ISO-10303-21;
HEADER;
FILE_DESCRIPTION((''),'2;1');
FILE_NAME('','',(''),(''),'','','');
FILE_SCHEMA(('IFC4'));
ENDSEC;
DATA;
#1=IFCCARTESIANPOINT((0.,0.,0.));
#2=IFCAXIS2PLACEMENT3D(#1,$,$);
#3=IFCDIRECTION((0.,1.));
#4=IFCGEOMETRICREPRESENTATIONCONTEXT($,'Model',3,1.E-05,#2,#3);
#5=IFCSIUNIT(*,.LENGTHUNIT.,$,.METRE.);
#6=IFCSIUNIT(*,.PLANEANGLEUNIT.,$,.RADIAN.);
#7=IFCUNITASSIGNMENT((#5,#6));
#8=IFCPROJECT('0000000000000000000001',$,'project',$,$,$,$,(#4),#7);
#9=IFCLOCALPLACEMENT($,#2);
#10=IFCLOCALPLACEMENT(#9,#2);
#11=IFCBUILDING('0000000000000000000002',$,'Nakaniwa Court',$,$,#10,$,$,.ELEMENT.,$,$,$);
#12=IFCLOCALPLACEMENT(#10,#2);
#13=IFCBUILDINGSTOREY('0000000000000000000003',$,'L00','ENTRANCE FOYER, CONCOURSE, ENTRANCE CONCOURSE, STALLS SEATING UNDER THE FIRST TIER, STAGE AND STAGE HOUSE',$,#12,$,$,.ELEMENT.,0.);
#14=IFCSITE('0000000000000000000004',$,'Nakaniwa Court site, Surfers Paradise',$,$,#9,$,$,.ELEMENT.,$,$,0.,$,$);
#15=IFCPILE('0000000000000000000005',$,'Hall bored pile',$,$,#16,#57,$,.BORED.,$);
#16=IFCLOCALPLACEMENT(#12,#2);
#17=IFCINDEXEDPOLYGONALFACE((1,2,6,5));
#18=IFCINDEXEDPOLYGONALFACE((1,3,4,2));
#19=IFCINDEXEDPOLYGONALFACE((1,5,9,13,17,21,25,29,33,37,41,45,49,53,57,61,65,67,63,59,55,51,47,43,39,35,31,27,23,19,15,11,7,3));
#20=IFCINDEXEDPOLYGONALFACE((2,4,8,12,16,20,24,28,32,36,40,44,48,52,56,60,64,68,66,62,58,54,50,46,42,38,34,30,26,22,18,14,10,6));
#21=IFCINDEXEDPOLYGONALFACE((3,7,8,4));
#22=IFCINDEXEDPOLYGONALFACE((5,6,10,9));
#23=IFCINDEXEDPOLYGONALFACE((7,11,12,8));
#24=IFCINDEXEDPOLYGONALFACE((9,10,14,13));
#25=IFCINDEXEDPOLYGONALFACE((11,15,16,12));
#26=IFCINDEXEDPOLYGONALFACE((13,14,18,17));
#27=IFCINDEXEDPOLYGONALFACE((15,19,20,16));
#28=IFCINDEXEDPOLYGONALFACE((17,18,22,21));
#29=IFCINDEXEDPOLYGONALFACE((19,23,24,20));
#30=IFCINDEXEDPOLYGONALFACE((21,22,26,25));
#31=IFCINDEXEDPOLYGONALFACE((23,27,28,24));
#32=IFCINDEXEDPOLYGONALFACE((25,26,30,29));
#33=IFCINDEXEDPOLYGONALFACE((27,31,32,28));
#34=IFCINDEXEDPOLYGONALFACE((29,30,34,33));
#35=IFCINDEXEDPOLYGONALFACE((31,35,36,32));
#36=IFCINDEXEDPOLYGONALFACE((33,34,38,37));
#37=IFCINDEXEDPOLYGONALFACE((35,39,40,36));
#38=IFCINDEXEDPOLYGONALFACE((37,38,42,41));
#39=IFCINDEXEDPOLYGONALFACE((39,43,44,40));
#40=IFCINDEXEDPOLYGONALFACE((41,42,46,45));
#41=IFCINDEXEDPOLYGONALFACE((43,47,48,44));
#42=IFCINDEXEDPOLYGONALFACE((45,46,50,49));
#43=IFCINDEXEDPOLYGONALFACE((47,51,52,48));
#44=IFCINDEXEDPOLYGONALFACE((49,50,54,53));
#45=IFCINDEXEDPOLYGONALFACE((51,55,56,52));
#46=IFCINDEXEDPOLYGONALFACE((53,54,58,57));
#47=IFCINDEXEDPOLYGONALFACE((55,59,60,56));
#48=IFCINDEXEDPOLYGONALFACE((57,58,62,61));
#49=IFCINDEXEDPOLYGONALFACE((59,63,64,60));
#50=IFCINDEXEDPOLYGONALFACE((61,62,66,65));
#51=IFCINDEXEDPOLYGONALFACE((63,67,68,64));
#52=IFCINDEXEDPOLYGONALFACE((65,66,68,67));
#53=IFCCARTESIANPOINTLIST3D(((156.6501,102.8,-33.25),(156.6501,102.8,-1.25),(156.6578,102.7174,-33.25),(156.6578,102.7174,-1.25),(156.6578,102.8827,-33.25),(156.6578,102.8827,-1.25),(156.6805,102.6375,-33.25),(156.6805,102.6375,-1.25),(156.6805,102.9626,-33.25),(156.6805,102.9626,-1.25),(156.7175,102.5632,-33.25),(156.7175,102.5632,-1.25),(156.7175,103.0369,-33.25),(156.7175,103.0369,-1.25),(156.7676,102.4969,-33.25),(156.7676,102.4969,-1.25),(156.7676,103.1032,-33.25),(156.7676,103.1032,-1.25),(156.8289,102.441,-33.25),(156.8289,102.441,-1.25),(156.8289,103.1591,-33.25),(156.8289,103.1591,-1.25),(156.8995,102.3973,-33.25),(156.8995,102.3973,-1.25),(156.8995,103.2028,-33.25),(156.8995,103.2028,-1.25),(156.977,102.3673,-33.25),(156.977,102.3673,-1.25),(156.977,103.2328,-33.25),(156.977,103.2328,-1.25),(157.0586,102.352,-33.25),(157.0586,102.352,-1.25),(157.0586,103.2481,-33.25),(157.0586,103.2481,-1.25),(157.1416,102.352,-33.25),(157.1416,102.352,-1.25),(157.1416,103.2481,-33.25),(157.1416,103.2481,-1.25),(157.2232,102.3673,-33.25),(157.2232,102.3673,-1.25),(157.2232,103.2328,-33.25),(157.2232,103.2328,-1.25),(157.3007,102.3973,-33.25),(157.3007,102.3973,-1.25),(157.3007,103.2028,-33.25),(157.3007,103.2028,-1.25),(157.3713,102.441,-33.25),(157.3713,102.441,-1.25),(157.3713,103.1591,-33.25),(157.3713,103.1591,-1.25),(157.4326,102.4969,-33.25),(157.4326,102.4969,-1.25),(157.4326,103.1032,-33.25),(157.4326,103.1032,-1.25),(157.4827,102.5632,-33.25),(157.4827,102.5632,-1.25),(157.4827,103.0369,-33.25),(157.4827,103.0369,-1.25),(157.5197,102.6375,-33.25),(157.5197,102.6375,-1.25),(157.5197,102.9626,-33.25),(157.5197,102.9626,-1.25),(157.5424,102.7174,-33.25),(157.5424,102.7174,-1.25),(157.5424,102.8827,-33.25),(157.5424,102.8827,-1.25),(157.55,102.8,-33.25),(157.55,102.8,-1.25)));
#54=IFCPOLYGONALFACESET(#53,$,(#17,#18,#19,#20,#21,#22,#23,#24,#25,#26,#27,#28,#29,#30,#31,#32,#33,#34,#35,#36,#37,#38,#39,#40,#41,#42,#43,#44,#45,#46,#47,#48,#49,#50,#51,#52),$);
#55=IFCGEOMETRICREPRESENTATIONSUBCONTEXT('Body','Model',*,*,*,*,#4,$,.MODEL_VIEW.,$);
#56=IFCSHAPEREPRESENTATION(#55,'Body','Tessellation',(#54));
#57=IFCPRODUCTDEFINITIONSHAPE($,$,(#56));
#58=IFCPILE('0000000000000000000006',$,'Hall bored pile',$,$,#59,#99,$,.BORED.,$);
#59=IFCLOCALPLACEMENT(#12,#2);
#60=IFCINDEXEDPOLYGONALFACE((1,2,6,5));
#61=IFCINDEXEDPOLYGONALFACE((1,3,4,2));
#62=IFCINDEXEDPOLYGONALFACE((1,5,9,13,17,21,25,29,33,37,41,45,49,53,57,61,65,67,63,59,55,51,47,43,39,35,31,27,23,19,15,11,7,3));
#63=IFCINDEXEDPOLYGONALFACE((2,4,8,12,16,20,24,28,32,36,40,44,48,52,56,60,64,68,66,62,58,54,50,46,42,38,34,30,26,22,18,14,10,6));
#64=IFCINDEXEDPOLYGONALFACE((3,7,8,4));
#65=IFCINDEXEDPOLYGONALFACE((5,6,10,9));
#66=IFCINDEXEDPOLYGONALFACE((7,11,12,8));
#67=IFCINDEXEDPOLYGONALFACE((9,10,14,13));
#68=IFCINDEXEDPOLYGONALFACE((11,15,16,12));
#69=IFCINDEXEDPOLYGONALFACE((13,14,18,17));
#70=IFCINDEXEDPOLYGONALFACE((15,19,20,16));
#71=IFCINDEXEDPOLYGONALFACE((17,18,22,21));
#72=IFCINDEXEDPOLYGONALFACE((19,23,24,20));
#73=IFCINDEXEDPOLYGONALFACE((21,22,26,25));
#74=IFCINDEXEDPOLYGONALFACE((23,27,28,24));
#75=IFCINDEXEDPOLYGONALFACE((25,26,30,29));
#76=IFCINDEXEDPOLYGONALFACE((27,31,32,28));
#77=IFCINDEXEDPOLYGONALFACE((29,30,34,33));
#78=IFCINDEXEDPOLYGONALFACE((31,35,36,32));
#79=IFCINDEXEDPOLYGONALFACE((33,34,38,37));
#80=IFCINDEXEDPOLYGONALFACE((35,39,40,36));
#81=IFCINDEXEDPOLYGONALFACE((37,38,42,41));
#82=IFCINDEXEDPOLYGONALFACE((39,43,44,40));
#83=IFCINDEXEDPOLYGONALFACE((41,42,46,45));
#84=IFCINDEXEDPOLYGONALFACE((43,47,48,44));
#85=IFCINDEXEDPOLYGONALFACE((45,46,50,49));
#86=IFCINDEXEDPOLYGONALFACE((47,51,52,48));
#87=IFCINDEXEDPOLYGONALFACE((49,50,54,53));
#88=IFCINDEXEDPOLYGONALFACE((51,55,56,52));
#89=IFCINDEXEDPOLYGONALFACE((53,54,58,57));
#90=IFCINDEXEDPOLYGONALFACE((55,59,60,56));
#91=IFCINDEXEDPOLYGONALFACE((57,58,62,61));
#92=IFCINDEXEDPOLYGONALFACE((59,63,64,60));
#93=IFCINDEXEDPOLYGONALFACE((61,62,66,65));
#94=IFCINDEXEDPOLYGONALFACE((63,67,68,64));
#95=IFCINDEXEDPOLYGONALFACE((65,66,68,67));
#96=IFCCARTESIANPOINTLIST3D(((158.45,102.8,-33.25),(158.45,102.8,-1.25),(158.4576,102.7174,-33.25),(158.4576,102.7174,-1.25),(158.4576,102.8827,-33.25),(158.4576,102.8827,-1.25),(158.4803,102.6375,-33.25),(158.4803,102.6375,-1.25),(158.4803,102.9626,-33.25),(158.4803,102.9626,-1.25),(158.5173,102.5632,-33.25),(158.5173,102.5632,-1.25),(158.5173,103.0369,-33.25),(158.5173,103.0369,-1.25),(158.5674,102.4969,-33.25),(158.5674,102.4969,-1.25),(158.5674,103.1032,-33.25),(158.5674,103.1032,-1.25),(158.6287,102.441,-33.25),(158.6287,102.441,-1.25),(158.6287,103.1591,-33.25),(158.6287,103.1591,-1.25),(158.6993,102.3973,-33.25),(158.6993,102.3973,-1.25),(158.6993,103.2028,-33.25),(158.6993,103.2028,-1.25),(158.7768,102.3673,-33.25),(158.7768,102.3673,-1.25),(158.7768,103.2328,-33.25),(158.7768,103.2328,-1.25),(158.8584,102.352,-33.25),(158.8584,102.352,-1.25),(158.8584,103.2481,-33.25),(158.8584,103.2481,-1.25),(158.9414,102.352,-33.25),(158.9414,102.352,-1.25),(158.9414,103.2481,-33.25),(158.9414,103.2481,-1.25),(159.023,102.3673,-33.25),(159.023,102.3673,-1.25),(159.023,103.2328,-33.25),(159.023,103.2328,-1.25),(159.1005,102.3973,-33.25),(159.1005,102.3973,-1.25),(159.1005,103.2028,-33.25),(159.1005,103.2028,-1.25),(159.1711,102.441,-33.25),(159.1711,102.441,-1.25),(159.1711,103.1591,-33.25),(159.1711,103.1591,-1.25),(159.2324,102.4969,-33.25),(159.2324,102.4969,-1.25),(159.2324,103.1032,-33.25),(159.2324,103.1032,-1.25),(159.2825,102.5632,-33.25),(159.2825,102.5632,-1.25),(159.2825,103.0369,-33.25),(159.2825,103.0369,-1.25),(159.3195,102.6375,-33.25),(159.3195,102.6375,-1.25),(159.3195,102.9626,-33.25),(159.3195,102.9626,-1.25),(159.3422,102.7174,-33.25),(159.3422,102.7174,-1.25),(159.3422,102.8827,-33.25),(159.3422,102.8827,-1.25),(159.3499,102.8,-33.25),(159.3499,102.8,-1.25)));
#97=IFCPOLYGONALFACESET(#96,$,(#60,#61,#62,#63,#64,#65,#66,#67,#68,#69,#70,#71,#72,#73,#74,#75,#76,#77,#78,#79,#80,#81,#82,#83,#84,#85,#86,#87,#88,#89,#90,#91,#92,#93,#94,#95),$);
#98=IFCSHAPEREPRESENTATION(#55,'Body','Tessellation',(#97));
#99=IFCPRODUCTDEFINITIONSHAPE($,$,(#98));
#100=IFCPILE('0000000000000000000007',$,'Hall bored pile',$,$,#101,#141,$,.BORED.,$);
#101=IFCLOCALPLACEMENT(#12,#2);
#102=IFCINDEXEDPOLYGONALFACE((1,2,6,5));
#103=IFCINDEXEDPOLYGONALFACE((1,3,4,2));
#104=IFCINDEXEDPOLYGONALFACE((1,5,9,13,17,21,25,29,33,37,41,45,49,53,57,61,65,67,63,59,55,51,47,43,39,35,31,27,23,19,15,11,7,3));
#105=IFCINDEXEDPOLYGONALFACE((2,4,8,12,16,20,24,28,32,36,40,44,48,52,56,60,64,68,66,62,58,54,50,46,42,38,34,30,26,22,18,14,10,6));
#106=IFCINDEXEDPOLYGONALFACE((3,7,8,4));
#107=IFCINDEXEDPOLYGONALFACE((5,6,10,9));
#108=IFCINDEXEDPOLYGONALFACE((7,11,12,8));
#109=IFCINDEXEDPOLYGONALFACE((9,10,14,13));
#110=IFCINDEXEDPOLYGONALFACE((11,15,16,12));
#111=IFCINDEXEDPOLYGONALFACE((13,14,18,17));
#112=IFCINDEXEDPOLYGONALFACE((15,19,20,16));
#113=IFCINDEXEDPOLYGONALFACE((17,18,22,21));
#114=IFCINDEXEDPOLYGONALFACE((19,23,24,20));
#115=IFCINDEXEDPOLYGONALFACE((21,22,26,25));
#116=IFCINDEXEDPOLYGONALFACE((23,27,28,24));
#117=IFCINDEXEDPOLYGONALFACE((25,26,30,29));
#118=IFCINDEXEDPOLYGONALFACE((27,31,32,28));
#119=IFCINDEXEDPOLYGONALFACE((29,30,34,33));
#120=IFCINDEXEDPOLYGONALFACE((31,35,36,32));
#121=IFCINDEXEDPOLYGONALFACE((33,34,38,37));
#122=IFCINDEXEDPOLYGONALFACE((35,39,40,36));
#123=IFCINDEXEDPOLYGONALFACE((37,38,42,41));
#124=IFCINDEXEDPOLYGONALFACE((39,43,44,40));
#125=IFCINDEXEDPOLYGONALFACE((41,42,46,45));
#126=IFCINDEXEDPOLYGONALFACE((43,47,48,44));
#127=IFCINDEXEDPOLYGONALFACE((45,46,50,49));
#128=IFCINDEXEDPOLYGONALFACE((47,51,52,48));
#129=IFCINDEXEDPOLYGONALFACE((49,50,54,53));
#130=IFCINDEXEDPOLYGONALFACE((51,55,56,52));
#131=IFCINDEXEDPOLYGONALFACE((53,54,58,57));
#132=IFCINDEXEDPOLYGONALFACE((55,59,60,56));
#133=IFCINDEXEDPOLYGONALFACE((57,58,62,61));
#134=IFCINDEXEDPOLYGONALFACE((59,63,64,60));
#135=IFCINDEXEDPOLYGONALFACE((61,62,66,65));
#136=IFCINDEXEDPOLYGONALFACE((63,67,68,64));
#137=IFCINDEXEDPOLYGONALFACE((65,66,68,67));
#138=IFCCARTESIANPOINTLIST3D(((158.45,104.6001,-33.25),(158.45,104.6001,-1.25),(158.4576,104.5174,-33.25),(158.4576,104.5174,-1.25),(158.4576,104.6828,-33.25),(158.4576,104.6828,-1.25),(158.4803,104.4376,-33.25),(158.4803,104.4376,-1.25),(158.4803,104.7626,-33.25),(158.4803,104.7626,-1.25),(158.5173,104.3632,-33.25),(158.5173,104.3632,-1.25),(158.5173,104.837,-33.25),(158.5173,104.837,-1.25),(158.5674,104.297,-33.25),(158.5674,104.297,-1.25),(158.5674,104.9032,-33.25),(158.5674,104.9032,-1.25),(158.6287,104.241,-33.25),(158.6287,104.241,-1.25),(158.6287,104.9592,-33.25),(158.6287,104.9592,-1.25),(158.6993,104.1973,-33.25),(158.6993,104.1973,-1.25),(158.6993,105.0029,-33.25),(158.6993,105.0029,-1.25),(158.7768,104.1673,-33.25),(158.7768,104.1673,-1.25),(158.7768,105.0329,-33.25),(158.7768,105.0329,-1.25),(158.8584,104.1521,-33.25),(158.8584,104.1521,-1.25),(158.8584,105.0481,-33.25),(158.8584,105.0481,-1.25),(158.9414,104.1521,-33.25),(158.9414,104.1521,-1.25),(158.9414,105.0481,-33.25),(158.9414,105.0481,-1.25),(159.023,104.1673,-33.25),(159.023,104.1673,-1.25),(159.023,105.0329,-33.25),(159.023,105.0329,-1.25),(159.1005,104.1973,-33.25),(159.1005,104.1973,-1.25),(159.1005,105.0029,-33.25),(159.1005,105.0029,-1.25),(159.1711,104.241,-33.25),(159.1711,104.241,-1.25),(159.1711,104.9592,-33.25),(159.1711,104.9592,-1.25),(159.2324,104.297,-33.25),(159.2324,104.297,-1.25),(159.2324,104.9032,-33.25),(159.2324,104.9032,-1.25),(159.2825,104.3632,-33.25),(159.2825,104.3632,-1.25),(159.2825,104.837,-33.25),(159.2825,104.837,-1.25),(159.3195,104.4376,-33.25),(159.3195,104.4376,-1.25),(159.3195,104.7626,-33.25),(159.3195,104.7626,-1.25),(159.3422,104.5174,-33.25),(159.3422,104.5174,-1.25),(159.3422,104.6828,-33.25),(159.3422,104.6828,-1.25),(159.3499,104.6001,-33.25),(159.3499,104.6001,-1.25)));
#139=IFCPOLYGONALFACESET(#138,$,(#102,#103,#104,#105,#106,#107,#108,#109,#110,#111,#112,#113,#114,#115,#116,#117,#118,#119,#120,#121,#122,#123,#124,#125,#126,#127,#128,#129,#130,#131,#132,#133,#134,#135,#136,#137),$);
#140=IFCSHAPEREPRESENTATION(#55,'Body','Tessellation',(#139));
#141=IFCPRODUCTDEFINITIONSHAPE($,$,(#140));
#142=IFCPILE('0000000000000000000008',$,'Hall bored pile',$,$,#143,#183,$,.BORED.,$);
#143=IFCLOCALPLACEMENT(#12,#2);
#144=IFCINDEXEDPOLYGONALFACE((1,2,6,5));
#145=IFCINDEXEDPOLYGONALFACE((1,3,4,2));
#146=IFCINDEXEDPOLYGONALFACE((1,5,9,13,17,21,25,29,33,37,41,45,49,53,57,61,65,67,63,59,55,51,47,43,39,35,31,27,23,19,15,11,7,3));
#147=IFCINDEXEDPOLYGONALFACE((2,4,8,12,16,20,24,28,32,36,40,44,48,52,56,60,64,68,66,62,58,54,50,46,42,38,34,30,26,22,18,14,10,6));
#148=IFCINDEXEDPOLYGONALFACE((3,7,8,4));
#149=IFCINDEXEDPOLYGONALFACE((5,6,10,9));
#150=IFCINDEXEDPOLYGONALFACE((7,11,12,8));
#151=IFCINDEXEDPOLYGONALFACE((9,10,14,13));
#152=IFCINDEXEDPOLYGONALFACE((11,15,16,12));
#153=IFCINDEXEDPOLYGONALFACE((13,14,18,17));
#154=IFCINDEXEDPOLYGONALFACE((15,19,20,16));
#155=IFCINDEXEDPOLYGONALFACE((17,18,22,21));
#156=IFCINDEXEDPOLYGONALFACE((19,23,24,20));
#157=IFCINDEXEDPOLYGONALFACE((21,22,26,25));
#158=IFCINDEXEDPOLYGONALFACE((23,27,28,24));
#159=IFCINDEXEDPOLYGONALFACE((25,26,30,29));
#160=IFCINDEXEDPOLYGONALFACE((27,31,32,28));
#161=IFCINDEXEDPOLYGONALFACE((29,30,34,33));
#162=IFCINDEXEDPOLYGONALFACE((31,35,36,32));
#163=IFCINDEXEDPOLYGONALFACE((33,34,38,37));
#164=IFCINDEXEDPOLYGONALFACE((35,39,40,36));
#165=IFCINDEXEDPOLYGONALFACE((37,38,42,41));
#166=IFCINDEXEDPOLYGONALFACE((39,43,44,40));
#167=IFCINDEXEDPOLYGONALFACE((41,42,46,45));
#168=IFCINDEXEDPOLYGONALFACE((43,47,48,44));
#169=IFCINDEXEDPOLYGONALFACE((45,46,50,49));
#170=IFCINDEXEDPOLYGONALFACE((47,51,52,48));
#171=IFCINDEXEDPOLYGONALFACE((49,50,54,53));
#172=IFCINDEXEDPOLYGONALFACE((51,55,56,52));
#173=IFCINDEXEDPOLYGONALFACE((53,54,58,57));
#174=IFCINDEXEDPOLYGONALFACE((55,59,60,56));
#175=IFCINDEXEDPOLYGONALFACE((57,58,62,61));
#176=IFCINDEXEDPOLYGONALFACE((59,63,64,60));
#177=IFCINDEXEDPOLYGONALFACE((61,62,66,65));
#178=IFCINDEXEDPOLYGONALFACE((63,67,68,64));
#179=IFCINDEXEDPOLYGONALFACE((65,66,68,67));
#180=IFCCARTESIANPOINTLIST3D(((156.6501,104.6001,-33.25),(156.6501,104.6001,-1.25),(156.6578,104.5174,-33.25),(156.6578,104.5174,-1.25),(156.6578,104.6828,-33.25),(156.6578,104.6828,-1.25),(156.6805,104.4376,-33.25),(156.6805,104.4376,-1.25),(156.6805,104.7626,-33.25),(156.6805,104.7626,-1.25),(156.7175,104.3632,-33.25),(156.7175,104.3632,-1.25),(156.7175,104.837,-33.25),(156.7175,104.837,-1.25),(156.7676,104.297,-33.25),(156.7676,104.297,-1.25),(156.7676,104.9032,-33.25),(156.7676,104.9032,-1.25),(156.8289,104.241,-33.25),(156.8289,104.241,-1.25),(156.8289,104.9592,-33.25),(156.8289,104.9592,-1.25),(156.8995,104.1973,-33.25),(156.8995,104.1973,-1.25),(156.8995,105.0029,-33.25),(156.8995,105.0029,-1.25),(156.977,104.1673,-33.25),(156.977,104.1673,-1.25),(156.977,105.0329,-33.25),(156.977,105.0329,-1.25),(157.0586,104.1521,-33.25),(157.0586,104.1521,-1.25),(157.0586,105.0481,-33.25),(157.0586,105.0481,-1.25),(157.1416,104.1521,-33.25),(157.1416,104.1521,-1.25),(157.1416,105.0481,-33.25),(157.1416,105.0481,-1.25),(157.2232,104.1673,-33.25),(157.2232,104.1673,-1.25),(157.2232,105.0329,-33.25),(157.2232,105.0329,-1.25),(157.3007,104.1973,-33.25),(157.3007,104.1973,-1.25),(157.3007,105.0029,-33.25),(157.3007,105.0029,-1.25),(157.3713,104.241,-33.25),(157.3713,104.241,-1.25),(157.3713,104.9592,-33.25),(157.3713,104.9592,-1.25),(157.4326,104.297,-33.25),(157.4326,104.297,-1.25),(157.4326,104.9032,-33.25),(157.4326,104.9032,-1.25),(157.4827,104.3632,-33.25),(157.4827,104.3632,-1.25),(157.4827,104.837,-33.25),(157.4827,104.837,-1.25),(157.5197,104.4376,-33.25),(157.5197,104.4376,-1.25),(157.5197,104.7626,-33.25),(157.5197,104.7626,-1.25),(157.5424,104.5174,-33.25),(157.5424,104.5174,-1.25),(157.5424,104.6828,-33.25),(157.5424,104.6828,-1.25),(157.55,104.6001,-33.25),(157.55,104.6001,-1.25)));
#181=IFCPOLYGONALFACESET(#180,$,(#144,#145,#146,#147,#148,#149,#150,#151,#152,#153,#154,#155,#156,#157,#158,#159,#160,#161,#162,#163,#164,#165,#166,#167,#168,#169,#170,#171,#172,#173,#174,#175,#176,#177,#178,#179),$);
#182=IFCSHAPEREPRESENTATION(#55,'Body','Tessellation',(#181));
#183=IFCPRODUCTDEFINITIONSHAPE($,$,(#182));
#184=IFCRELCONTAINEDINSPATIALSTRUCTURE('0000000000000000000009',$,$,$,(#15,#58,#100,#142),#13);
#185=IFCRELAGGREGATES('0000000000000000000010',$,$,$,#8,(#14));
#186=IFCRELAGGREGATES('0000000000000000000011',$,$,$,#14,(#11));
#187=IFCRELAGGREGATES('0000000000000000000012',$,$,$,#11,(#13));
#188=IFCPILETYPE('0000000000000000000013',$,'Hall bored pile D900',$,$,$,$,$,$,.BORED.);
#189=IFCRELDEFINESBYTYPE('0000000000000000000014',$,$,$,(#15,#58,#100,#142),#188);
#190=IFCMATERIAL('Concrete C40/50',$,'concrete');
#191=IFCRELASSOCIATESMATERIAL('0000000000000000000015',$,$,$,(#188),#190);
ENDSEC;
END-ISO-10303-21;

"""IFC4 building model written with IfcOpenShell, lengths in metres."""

from ifc_helpers import new_model, si_unit, direction, frame, origin, origin_2d, place, context, subcontext, project, spatial, circle, extrude, material, material_profile, profile_set, type_object, element, save


model = new_model("IFC4")

# Units and contexts
model_context = context("Model", 3, precision=1e-05, world=origin(), true_north=direction((0.0, 1.0)))
body_context = subcontext(model_context, "Body", "Model", "MODEL_VIEW")
ifc_project = project(units=[si_unit("LENGTHUNIT", "METRE"), si_unit("PLANEANGLEUNIT", "RADIAN")], contexts=[model_context])

# Site, building, storey
site_placement = place(None, origin())
site = spatial("IfcSite", under=ifc_project, at=site_placement, Name="Nakaniwa Court site, Surfers Paradise", CompositionType="ELEMENT", RefElevation=0.0)
building_placement = place(site_placement, origin())
building = spatial("IfcBuilding", under=site, at=building_placement, Name="Nakaniwa Court", CompositionType="ELEMENT")
storey_placement = place(building_placement, origin())
storey = spatial("IfcBuildingStorey", under=building, at=storey_placement, Name="L00", Description="ENTRANCE FOYER, CONCOURSE, ENTRANCE CONCOURSE, STALLS SEATING UNDER THE FIRST TIER, STAGE AND STAGE HOUSE", CompositionType="ELEMENT", Elevation=0.0)

# Piles
ifc_material_1 = material(Name="Concrete C40/50", Category="concrete")
ifc_material_profile_1 = material_profile(ifc_material_1, circle(Radius=0.45, at=origin_2d()), Name="Bored pile D900")
ifc_profile_set_1 = profile_set([ifc_material_profile_1], Name="Concrete C40/50")
pile_type = type_object("IfcPileType", Name="Hall bored pile D900", PredefinedType="BORED", material=ifc_profile_set_1)
for number, where, z_axis, x_axis, name in (
    (1, (157.1001, 102.8, -1.25), (0.0, 0.0, -1.0), (1.0, 0.0, 0.0), "Hall bored pile"),
    (2, (158.8999, 102.8, -1.25), (0.0, 0.0, -1.0), (1.0, 0.0, 0.0), "Hall bored pile"),
    (3, (158.8999, 104.6001, -1.25), (0.0, 0.0, -1.0), (1.0, 0.0, 0.0), "Hall bored pile"),
    (4, (157.1001, 104.6001, -1.25), (0.0, 0.0, -1.0), (1.0, 0.0, 0.0), "Hall bored pile"),
):
    element("IfcPile", number, at=place(storey_placement, frame(where, z_axis=z_axis, x_axis=x_axis)), inside=storey, type_object=pile_type, Name=name, PredefinedType="BORED", context=body_context, shape_type="SweptSolid", body=[
        extrude(circle(Radius=0.45, at=origin_2d()), origin(), (0.0, 0.0, 1.0), 32.0),
    ])

save(model, "model.ifc")
